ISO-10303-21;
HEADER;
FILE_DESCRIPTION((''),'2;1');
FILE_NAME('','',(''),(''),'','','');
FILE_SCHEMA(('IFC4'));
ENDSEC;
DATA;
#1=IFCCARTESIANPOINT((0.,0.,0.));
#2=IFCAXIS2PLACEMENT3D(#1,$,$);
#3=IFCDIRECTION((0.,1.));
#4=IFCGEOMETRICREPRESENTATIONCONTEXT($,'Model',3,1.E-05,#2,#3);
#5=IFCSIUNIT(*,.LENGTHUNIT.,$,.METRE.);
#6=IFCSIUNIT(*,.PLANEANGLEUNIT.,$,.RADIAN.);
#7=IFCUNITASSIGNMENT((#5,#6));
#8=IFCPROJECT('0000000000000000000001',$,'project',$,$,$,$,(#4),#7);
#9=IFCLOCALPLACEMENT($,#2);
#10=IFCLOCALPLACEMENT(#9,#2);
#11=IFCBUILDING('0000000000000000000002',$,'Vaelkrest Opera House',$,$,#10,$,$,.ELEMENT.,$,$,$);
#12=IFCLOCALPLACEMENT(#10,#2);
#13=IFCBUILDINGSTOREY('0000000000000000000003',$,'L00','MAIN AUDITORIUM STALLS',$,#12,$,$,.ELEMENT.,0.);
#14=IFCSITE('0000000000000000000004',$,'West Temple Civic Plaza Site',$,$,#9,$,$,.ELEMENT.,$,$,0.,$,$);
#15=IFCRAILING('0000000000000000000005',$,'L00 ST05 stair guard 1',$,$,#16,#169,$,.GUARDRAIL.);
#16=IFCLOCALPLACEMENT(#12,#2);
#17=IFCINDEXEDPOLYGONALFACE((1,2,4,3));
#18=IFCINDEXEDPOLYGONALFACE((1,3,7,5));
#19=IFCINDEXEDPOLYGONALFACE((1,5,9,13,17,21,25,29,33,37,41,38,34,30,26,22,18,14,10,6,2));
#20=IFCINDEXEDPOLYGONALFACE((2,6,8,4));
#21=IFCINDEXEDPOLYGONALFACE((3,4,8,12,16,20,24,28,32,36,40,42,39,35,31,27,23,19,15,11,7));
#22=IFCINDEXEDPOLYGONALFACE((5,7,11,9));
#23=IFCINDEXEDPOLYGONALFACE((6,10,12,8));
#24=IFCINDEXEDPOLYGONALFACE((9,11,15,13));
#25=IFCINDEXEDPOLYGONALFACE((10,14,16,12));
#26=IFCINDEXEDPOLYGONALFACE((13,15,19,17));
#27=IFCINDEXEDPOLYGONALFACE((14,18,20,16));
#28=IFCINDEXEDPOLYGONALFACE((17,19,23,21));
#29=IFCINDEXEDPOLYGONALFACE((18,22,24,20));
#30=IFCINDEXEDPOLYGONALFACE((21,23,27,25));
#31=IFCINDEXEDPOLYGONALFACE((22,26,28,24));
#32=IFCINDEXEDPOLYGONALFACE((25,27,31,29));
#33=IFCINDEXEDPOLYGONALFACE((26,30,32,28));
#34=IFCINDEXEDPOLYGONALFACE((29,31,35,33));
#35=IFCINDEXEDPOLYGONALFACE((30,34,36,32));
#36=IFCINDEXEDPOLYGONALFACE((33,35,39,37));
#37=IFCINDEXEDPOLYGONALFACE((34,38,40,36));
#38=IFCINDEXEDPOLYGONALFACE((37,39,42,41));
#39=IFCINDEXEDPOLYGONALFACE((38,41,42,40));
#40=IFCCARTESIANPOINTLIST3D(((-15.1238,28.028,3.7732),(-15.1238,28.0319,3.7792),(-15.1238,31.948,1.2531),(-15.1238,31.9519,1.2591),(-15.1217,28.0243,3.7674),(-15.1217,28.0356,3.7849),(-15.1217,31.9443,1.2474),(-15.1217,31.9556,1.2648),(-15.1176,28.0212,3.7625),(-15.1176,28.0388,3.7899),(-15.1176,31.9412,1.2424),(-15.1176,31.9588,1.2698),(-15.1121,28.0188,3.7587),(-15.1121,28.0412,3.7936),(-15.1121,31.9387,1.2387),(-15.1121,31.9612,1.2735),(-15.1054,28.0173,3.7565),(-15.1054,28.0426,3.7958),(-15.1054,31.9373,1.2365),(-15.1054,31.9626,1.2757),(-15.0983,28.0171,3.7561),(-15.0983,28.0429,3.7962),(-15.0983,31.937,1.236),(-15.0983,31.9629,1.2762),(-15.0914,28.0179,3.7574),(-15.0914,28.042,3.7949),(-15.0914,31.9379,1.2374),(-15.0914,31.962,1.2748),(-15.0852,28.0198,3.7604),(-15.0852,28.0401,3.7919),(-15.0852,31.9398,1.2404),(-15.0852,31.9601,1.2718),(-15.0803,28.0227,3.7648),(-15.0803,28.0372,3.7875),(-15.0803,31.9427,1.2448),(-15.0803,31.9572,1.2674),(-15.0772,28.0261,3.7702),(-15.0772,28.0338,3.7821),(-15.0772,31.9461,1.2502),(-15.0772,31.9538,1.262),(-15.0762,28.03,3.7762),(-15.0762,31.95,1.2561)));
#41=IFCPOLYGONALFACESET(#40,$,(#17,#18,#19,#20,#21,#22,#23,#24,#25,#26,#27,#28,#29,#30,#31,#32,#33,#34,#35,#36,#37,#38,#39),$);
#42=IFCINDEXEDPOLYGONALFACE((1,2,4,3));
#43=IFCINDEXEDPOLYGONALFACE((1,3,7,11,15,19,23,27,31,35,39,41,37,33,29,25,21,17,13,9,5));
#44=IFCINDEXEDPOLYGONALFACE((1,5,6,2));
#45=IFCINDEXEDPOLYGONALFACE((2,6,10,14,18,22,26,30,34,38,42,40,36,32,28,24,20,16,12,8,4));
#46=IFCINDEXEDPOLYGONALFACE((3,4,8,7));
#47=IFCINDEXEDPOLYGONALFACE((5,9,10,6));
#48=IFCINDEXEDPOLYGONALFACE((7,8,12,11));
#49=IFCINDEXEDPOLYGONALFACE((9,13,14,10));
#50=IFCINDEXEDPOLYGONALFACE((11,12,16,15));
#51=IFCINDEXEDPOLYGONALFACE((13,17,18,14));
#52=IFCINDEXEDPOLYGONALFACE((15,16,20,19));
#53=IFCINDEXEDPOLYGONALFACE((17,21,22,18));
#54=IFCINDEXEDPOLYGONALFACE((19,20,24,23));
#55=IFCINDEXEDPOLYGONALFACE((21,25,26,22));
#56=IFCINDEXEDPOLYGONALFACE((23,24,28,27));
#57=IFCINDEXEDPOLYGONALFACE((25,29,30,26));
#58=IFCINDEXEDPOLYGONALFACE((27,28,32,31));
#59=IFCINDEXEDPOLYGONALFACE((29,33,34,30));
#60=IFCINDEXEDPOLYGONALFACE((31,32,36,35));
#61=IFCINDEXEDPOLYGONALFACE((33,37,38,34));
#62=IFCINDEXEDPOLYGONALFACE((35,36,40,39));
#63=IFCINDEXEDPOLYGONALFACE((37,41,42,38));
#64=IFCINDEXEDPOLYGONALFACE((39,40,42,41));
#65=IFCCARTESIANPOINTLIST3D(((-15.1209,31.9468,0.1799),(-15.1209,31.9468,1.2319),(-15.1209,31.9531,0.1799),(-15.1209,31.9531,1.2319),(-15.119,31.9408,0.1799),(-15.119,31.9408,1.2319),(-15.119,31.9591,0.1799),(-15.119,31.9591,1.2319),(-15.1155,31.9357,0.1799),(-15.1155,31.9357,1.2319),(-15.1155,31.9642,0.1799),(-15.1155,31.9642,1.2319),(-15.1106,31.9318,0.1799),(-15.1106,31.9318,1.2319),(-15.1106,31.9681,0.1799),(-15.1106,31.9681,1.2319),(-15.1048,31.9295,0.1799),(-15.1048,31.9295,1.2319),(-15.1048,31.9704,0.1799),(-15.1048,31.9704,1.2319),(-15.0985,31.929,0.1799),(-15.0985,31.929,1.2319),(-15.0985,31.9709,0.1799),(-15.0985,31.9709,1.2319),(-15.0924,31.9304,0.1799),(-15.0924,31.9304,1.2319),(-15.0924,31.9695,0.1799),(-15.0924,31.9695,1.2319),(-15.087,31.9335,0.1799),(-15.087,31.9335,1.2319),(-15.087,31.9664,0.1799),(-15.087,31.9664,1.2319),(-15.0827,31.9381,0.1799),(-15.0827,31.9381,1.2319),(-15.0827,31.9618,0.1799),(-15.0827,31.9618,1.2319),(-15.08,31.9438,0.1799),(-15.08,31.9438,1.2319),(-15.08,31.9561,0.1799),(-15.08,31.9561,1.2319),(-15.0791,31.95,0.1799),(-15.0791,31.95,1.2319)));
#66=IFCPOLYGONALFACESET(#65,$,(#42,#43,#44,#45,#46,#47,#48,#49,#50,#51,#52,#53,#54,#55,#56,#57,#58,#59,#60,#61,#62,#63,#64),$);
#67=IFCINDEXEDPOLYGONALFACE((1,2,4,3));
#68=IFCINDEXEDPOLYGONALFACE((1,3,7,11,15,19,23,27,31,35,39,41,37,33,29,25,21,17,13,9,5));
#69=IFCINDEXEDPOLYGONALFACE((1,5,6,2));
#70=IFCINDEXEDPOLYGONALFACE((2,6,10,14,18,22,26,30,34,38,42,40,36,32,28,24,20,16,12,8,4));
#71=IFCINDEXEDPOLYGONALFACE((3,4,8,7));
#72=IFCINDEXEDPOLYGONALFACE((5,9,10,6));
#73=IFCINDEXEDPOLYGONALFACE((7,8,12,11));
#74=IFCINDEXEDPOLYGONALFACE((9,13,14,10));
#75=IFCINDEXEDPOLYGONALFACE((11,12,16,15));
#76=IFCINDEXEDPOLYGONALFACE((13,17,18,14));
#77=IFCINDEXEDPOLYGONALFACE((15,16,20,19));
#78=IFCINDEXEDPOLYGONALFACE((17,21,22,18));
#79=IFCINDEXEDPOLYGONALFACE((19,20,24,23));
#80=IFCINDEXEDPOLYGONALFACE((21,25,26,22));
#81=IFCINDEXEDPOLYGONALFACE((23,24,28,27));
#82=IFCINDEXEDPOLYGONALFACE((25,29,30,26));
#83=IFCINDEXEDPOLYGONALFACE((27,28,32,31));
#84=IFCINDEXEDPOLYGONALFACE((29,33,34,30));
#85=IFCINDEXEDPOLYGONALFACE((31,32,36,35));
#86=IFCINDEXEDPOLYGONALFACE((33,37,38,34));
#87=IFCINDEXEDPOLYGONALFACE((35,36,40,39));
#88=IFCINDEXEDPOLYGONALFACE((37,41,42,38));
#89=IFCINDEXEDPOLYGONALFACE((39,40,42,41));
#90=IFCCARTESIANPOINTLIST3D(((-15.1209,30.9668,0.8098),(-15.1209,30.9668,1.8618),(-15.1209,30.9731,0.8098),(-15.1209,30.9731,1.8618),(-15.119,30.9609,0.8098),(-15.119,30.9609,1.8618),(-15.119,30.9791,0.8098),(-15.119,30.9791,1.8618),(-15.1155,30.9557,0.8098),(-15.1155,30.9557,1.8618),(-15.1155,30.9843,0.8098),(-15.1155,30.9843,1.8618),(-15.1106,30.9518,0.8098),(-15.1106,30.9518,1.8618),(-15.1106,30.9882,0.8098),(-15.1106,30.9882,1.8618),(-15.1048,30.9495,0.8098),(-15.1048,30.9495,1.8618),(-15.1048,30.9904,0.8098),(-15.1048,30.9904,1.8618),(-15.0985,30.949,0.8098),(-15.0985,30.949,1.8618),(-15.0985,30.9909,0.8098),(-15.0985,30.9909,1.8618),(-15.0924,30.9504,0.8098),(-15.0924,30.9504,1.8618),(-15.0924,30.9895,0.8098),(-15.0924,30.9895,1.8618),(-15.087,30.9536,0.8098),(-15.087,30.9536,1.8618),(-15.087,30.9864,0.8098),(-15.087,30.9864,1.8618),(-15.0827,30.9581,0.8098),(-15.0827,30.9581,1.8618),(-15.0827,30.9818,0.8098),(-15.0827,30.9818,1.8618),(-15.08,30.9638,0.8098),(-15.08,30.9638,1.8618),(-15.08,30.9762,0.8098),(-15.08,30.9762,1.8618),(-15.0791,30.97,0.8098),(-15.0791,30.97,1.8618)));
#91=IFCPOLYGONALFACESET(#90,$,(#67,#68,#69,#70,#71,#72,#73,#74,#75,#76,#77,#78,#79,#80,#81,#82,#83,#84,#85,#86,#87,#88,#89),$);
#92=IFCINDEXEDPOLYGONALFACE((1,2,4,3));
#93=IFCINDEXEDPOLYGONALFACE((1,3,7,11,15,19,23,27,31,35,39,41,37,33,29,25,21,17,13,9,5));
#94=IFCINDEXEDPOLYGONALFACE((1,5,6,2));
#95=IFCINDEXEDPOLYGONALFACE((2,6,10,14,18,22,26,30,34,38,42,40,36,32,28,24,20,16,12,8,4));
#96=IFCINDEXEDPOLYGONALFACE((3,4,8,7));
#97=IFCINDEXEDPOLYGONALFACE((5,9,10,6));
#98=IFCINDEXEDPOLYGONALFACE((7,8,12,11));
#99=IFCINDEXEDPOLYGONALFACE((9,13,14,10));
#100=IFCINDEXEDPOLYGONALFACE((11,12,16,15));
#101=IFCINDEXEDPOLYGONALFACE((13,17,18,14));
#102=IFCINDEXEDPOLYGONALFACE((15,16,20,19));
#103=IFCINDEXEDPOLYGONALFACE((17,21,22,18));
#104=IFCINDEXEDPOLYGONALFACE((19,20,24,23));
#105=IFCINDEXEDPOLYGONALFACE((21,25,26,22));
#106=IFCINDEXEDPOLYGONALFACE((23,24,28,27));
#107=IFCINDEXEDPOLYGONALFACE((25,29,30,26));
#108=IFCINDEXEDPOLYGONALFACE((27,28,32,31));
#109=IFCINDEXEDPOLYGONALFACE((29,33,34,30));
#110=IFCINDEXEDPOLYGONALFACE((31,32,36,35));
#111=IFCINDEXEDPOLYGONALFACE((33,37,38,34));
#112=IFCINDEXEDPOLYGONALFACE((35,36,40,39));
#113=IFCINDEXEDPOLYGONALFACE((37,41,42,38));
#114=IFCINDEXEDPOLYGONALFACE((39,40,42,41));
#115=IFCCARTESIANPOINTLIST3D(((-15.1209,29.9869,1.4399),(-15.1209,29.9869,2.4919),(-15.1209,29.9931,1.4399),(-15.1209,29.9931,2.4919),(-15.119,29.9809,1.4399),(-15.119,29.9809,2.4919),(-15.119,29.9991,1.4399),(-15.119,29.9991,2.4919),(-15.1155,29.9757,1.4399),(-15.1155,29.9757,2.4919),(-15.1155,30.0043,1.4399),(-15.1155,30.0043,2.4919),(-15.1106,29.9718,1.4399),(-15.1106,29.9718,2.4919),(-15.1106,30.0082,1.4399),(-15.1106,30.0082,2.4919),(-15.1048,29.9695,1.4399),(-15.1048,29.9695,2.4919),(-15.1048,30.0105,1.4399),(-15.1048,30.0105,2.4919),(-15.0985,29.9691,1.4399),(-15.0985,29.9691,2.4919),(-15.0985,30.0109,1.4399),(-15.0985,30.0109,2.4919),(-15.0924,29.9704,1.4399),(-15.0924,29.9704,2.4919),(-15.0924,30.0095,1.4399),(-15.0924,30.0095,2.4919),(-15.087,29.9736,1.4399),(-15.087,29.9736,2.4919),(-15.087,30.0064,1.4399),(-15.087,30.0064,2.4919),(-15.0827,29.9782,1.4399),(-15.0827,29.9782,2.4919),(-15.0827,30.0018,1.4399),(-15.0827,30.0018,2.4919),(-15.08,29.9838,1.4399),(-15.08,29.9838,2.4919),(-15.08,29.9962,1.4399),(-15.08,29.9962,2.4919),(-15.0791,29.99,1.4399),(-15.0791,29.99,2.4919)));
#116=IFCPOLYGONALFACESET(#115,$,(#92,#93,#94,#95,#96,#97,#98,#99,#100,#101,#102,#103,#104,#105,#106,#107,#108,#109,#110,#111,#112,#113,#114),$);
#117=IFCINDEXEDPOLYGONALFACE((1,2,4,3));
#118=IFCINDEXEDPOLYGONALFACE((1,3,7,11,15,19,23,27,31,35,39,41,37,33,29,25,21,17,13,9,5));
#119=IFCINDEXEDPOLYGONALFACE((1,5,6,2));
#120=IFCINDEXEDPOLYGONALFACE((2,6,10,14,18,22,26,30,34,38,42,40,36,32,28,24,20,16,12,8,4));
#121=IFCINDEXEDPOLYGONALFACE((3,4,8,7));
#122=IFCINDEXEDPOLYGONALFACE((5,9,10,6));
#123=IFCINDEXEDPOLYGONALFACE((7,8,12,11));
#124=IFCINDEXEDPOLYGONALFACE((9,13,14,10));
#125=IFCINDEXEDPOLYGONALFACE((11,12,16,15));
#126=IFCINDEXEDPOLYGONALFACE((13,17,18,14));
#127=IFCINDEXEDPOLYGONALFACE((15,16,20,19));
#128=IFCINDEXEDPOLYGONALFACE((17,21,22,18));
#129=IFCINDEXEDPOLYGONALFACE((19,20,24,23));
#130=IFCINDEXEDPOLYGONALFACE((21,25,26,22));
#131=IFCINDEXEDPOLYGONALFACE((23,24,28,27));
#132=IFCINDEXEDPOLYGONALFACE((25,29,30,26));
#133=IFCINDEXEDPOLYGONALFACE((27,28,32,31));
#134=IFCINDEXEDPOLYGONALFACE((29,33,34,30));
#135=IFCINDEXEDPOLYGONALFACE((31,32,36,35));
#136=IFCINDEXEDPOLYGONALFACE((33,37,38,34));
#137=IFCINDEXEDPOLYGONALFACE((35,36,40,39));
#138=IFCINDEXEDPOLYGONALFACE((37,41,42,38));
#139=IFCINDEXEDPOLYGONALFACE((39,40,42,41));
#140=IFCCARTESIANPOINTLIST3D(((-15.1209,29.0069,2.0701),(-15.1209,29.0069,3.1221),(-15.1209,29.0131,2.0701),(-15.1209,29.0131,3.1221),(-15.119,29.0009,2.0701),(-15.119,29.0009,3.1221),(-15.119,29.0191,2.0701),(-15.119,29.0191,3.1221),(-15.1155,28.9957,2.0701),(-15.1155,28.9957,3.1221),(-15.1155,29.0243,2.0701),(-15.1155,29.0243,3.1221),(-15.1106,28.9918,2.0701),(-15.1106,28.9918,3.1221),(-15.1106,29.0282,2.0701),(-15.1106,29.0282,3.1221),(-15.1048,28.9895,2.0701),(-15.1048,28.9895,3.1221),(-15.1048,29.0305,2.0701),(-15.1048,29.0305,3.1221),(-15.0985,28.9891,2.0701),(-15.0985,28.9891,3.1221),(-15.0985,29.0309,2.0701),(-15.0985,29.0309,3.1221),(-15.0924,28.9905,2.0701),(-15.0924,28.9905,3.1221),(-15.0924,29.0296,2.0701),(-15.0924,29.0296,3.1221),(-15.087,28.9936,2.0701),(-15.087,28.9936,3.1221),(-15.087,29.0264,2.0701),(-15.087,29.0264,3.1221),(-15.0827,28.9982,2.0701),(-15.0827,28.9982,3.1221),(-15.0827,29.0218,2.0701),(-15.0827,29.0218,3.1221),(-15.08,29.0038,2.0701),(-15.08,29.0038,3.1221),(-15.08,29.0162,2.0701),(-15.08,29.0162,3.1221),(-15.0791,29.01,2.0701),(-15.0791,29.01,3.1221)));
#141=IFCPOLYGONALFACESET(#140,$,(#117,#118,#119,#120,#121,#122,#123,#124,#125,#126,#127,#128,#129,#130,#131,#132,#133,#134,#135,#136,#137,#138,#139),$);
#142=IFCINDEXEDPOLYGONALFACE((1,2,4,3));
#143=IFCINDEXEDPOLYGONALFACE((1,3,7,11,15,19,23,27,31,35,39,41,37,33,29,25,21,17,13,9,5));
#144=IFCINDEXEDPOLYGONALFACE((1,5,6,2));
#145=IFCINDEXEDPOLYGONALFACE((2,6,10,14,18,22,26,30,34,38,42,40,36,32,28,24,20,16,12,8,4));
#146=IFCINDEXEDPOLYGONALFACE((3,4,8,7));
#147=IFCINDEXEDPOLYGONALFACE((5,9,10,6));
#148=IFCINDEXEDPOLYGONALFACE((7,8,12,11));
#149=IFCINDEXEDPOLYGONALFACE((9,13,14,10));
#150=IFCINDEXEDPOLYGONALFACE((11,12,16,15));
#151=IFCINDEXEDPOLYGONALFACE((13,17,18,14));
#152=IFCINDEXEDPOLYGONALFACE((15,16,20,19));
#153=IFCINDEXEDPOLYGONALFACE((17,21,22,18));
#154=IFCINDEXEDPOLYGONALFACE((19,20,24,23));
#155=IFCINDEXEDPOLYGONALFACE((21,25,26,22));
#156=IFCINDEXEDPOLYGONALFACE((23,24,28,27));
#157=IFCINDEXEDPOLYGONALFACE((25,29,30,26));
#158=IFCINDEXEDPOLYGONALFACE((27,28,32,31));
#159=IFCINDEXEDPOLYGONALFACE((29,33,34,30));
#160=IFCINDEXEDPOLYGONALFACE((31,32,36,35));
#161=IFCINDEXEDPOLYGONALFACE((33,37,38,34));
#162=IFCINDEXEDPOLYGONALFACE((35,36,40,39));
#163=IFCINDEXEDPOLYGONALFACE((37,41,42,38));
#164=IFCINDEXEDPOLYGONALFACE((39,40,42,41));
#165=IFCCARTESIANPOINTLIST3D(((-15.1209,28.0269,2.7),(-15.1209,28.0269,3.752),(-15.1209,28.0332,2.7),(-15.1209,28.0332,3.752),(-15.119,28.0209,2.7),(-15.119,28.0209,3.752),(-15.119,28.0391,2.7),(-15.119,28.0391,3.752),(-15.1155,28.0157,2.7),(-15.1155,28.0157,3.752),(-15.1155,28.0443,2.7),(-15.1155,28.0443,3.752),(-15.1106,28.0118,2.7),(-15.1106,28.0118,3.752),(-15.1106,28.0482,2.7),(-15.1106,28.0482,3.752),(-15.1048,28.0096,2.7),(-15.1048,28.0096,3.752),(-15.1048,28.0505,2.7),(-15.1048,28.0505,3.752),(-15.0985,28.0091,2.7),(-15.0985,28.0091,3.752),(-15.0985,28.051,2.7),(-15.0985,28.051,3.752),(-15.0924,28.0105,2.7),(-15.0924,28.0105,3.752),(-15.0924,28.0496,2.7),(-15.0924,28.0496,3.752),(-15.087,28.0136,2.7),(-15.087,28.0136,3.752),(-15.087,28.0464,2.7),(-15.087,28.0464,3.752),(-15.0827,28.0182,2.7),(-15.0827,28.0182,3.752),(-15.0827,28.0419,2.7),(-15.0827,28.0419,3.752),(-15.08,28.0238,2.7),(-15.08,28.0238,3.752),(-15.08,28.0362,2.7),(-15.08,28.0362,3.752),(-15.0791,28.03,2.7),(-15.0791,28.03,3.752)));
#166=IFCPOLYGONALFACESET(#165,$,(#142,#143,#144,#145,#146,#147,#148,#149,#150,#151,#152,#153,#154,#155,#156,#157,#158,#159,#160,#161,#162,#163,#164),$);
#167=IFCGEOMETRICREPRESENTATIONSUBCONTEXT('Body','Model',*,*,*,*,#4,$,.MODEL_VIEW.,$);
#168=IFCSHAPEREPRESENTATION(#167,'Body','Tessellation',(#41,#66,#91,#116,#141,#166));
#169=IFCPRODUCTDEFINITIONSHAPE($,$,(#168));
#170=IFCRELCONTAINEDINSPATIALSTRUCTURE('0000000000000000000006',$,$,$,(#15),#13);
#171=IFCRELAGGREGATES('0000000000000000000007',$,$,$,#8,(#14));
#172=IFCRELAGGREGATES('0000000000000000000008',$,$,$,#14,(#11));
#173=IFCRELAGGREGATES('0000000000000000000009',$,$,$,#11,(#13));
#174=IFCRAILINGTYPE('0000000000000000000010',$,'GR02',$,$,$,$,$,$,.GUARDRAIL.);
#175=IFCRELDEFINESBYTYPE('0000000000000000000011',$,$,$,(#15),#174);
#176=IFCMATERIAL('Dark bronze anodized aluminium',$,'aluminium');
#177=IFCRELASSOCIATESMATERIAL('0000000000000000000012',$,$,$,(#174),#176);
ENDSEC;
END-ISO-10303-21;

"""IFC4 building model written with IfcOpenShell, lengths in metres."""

from ifc_helpers import new_model, si_unit, direction, frame, origin, origin_2d, place, context, subcontext, project, spatial, circle, extrude, material, type_object, element, save


model = new_model("IFC4")

# Units and contexts
model_context = context("Model", 3, precision=1e-05, world=origin(), true_north=direction((0.0, 1.0)))
body_context = subcontext(model_context, "Body", "Model", "MODEL_VIEW")
ifc_project = project(units=[si_unit("LENGTHUNIT", "METRE"), si_unit("PLANEANGLEUNIT", "RADIAN")], contexts=[model_context])

# Site, building, storey
site_placement = place(None, origin())
site = spatial("IfcSite", under=ifc_project, at=site_placement, Name="West Temple Civic Plaza Site", CompositionType="ELEMENT", RefElevation=0.0)
building_placement = place(site_placement, origin())
building = spatial("IfcBuilding", under=site, at=building_placement, Name="Vaelkrest Opera House", CompositionType="ELEMENT")
storey_placement = place(building_placement, origin())
storey = spatial("IfcBuildingStorey", under=building, at=storey_placement, Name="L00", Description="MAIN AUDITORIUM STALLS", CompositionType="ELEMENT", Elevation=0.0)

# Railing
ifc_material_1 = material(Name="Dark bronze anodized aluminium", Category="aluminium")
railing_type_1 = type_object("IfcRailingType", Name="GR02", PredefinedType="GUARDRAIL", material=ifc_material_1)
railing_1_placement = place(storey_placement, frame((-15.1001, 31.95, 0.1799)))
element("IfcRailing", 1, at=railing_1_placement, inside=storey, type_object=railing_type_1, Name="L00 ST05 stair guard 1", PredefinedType="GUARDRAIL", context=body_context, shape_type="SweptSolid", body=[
    extrude(circle(Radius=0.0239, at=origin_2d()), frame((0.0, 0.0, 1.0762), z_axis=(0.0, -0.841172, 0.540768), x_axis=(1.0, 0.0, 0.0)), (0.0, 0.0, 1.0), 4.6602),
    extrude(circle(Radius=0.021, at=origin_2d()), origin(), (0.0, 0.0, 1.0), 1.052),
    extrude(circle(Radius=0.021, at=origin_2d()), frame((0.0, -0.98, 0.6299)), (0.0, 0.0, 1.0), 1.052),
    extrude(circle(Radius=0.021, at=origin_2d()), frame((0.0, -1.96, 1.26)), (0.0, 0.0, 1.0), 1.052),
    extrude(circle(Radius=0.021, at=origin_2d()), frame((0.0, -2.9399, 1.8901)), (0.0, 0.0, 1.0), 1.052),
    extrude(circle(Radius=0.021, at=origin_2d()), frame((0.0, -3.9199, 2.52)), (0.0, 0.0, 1.0), 1.052),
])

save(model, "model.ifc")
